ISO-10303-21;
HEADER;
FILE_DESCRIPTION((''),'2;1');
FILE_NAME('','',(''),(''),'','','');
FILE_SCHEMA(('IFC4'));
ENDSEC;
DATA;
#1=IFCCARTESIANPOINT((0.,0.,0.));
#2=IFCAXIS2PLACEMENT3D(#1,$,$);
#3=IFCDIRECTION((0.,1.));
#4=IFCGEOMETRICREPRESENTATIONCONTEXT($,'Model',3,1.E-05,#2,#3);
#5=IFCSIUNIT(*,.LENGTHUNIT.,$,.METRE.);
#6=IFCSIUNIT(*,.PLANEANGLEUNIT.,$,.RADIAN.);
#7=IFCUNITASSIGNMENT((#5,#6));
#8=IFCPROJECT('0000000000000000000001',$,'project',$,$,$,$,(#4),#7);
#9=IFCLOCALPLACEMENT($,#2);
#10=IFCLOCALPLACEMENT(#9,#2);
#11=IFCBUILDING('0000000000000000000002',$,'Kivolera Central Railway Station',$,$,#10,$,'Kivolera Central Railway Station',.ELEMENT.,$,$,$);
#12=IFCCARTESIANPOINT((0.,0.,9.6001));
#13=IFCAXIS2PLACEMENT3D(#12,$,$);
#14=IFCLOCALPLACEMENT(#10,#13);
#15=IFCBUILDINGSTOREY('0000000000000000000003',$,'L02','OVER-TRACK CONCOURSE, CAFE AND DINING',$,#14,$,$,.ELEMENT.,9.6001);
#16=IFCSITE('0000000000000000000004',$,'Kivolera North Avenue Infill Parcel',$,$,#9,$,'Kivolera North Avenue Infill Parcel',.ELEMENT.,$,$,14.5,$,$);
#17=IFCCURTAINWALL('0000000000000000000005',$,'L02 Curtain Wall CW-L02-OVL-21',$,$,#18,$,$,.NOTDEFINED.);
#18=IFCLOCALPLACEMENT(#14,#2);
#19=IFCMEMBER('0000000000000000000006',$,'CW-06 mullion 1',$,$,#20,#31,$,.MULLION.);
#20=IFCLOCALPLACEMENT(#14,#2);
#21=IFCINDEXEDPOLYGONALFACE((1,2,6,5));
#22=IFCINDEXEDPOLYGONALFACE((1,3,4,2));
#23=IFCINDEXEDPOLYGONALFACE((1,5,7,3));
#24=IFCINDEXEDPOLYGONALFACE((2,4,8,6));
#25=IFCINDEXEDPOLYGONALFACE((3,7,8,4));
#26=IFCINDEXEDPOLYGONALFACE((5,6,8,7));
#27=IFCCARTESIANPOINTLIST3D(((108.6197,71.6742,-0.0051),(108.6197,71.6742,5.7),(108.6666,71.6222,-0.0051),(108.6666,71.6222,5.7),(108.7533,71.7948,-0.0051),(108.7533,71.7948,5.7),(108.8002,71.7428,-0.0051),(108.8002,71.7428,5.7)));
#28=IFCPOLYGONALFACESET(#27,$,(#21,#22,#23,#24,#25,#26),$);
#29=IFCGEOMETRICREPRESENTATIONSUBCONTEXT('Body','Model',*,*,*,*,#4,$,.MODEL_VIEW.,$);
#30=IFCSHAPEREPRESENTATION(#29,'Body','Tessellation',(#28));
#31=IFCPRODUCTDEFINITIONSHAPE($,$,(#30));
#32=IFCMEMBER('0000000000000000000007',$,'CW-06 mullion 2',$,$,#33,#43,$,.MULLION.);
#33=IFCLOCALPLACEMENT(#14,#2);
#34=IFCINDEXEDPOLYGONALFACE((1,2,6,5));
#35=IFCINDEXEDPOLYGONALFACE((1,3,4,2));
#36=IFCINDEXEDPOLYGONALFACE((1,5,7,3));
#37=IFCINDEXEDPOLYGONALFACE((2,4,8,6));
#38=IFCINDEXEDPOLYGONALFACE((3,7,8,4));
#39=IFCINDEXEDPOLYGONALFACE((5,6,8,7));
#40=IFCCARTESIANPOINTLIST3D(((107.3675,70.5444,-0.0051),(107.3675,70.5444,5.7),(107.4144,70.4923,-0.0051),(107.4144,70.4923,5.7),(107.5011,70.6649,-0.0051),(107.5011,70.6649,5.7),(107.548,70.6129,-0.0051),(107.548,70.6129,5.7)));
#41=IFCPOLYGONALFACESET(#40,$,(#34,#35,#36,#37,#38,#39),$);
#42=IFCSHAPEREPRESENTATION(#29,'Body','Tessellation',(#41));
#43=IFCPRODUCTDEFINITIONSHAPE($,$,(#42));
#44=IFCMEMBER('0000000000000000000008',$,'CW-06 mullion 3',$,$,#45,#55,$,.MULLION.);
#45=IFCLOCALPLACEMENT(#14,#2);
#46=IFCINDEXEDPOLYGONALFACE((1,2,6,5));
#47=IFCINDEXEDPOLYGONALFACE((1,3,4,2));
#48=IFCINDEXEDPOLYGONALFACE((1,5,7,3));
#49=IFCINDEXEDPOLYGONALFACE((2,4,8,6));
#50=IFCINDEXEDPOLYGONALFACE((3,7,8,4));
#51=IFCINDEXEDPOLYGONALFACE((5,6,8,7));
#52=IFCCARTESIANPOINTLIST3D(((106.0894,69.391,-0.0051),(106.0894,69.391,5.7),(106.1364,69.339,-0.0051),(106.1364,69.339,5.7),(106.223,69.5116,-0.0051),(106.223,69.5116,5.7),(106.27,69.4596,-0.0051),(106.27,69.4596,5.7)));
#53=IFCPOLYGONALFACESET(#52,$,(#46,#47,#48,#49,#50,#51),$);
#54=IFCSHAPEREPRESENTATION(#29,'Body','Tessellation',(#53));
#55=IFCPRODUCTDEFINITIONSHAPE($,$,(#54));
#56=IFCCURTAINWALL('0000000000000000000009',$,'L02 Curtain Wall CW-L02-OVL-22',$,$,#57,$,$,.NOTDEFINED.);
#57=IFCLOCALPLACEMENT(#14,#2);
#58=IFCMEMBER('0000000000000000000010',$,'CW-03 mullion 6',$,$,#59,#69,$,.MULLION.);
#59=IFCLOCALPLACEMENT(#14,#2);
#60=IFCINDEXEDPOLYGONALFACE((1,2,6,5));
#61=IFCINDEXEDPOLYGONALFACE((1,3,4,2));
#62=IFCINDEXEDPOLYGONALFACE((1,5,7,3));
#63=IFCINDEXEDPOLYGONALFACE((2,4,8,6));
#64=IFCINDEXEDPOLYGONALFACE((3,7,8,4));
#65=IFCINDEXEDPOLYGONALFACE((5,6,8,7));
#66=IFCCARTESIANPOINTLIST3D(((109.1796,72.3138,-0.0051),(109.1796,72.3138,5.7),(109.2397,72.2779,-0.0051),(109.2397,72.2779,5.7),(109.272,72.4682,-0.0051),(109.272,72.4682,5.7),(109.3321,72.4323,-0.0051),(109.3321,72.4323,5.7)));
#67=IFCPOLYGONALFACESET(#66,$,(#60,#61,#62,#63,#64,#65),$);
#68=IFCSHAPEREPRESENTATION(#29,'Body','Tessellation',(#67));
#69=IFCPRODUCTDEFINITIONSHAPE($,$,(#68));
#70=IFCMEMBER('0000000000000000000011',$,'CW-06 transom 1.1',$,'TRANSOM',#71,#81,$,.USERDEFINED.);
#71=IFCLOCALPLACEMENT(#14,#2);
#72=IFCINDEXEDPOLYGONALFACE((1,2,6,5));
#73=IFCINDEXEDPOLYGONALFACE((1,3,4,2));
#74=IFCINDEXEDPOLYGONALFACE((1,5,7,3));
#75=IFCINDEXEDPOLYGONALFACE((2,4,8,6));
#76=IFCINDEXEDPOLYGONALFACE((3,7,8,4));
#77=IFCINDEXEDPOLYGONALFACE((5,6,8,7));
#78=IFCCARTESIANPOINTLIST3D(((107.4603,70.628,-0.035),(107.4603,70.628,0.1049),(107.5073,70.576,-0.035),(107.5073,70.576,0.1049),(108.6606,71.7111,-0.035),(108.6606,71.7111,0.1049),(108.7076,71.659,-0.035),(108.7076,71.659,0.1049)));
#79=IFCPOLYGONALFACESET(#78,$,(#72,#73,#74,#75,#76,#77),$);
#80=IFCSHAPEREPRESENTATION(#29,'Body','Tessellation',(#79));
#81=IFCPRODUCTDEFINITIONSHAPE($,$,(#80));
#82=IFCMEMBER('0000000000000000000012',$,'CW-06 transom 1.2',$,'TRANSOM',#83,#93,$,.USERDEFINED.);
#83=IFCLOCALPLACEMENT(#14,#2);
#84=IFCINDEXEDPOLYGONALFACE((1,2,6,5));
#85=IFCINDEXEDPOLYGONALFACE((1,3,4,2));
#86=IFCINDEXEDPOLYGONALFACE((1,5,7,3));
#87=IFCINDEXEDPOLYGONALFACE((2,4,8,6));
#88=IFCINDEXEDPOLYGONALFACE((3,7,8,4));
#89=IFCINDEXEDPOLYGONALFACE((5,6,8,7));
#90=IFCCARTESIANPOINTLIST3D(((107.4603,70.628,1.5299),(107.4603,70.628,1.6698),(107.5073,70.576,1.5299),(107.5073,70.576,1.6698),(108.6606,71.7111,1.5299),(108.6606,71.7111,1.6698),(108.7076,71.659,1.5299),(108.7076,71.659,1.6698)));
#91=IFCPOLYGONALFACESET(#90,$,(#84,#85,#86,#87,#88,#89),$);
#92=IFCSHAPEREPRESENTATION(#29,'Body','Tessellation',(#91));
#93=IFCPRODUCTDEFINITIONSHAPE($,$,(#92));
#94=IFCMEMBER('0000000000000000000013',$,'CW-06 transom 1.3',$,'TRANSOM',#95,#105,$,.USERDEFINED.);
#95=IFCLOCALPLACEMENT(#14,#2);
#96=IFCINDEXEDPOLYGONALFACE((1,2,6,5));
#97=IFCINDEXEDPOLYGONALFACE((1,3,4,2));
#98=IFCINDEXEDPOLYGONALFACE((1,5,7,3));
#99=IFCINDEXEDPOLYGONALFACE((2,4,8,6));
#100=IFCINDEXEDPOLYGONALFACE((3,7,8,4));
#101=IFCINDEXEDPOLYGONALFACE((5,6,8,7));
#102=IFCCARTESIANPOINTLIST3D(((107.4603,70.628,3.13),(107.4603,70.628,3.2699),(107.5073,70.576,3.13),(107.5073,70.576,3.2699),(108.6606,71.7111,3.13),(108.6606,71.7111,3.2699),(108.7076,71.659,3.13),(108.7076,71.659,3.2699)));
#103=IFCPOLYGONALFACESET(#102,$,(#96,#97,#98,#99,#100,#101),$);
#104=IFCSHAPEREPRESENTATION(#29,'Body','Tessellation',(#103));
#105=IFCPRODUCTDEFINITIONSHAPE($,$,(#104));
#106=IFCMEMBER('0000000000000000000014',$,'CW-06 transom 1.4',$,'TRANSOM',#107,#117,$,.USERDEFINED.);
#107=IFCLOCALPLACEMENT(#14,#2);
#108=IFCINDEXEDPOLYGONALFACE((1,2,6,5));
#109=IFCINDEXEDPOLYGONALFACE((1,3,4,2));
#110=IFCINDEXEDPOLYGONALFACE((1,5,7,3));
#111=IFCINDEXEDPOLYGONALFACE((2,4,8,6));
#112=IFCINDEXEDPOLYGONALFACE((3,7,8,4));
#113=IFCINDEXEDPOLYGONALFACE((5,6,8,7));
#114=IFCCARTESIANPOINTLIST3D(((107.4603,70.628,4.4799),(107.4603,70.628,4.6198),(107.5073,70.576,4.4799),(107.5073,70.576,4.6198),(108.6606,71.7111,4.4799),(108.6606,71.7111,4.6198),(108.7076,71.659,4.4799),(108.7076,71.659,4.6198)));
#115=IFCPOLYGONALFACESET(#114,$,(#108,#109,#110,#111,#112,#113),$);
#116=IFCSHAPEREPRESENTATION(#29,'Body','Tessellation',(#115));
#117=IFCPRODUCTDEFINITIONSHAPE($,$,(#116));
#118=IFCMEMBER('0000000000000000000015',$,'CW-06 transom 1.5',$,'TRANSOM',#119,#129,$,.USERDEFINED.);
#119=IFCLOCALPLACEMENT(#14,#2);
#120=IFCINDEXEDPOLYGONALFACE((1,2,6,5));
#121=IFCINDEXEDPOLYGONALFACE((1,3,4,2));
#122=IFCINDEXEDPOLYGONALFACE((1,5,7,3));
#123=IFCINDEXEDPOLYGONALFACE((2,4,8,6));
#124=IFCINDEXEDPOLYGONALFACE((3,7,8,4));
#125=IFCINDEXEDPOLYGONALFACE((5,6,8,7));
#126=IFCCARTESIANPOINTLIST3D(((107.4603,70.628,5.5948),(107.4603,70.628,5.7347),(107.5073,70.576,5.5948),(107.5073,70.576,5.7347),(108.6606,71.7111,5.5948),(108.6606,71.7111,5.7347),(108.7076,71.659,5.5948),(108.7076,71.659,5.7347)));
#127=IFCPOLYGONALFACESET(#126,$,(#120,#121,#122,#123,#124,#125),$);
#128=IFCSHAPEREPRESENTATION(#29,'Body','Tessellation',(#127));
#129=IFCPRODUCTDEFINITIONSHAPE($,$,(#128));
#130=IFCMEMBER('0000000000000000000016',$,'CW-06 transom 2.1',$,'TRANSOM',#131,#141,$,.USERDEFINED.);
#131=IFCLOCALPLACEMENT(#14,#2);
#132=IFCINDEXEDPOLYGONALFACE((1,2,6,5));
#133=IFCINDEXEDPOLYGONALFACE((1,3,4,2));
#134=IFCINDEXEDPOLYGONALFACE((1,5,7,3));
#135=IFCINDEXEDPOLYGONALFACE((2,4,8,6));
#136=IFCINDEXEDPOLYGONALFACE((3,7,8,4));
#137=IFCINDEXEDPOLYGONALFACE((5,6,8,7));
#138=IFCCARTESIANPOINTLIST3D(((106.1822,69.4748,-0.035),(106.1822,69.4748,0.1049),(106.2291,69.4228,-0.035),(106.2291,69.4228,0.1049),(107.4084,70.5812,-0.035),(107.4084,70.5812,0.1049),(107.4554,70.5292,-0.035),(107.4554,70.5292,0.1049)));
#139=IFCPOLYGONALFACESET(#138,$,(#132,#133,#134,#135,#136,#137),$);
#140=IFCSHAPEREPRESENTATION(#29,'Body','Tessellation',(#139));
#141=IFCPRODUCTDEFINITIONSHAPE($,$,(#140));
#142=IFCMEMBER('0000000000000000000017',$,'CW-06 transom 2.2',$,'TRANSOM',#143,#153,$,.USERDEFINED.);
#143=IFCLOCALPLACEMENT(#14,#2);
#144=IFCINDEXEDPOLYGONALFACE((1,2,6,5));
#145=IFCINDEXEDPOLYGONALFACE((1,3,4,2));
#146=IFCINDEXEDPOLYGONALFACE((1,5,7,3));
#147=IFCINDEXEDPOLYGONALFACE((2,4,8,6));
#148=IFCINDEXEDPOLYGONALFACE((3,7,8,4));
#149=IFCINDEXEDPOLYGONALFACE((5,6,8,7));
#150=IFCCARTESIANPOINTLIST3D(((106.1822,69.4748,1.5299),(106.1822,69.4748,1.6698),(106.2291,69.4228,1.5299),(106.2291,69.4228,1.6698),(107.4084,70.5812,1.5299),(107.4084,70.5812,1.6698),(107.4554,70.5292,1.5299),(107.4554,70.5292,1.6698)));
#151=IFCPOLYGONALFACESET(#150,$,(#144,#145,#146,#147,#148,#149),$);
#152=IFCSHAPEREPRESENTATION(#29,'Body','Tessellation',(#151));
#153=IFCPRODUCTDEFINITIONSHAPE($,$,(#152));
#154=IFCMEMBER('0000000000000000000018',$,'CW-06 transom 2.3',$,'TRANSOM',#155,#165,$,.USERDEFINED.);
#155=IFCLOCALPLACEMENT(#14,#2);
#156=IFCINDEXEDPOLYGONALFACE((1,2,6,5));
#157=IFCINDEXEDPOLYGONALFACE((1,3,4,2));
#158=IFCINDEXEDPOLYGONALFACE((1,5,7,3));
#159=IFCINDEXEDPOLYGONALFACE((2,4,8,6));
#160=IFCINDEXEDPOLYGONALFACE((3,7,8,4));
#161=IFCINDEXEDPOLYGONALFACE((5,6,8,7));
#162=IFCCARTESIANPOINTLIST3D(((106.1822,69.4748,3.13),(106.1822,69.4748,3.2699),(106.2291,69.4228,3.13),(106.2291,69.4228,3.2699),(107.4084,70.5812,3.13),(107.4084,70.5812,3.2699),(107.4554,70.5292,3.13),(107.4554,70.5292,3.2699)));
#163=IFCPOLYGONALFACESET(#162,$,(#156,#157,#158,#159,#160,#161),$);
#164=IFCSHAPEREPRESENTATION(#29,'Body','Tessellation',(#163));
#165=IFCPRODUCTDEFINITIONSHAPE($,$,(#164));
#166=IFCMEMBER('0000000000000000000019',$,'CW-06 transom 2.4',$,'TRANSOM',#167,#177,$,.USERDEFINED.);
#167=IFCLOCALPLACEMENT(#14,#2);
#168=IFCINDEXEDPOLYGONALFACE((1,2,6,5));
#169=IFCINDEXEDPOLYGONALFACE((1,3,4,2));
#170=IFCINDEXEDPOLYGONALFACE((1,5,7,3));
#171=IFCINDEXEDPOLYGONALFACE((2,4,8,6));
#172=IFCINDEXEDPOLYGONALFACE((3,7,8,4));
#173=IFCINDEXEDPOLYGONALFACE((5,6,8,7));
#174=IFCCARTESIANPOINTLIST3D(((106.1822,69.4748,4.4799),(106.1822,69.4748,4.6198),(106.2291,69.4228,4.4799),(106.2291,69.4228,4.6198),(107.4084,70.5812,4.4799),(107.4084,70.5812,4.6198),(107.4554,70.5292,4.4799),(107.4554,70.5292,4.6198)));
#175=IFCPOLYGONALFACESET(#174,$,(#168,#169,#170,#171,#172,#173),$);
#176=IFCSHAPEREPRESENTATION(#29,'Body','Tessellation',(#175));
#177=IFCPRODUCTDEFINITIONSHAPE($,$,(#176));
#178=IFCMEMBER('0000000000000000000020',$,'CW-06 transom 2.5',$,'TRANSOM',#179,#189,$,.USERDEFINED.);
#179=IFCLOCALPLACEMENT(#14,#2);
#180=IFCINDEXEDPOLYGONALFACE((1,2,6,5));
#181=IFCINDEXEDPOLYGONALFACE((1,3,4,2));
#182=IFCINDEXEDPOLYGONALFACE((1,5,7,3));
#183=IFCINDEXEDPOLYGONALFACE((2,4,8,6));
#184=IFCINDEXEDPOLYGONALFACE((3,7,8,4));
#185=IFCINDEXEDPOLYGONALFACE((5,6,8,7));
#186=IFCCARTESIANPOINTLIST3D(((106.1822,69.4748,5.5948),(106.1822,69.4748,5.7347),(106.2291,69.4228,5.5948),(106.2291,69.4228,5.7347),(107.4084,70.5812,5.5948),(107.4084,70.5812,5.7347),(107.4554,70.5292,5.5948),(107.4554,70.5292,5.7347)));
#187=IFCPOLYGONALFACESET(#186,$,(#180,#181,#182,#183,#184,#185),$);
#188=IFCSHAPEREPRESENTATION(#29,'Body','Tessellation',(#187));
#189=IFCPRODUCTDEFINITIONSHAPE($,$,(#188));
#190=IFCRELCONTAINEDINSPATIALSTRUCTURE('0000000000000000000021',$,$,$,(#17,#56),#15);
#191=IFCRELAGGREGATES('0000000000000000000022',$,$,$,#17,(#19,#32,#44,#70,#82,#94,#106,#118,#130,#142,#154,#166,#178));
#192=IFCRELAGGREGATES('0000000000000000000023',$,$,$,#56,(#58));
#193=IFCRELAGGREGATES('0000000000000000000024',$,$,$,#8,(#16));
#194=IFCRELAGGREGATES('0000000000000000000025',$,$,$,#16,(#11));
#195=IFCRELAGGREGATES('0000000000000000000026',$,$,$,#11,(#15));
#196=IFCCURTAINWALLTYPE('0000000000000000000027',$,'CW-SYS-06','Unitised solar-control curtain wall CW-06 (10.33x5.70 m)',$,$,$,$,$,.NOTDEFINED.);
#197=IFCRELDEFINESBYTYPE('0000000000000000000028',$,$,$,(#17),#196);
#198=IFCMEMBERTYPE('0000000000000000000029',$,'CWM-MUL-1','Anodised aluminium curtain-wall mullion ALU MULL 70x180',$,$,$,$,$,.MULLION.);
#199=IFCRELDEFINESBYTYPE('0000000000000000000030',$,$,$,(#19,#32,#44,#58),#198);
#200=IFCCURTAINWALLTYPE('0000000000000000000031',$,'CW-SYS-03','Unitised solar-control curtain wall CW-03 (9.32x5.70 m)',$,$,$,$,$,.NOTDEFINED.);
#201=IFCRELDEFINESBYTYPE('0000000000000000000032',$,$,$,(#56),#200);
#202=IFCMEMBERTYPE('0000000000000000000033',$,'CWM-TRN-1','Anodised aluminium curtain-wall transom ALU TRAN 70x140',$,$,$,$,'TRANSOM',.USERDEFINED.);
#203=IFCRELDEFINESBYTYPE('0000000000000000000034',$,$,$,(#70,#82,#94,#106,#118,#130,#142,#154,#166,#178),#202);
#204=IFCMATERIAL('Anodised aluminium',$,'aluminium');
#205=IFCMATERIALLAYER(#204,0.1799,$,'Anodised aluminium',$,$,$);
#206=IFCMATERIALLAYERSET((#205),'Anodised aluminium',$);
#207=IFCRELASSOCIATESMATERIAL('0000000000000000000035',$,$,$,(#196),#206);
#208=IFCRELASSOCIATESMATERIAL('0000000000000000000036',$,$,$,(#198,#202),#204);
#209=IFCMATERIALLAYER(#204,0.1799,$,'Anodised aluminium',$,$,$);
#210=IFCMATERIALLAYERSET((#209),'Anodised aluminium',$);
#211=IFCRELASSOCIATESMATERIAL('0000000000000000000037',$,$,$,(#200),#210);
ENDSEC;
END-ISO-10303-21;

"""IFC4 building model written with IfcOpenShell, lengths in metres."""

from ifc_helpers import new_model, si_unit, direction, frame, origin, origin_2d, place, context, subcontext, project, spatial, rectangle, extrude, material, layer, layer_set, material_profile, profile_set, type_object, element, aggregate, save


model = new_model("IFC4")

# Units and contexts
model_context = context("Model", 3, precision=1e-05, world=origin(), true_north=direction((0.0, 1.0)))
body_context = subcontext(model_context, "Body", "Model", "MODEL_VIEW")
ifc_project = project(units=[si_unit("LENGTHUNIT", "METRE"), si_unit("PLANEANGLEUNIT", "RADIAN")], contexts=[model_context])

# Site, building, storey
site_placement = place(None, origin())
site = spatial("IfcSite", under=ifc_project, at=site_placement, Name="Kivolera North Avenue Infill Parcel", LongName="Kivolera North Avenue Infill Parcel", CompositionType="ELEMENT", RefElevation=14.5)
building_placement = place(site_placement, origin())
building = spatial("IfcBuilding", under=site, at=building_placement, Name="Kivolera Central Railway Station", LongName="Kivolera Central Railway Station", CompositionType="ELEMENT")
storey_placement = place(building_placement, frame((0.0, 0.0, 9.6001)))
storey = spatial("IfcBuildingStorey", under=building, at=storey_placement, Name="L02", Description="OVER-TRACK CONCOURSE, CAFE AND DINING", CompositionType="ELEMENT", Elevation=9.6001)

# Curtain wall, members
ifc_material_1 = material(Name="Anodised aluminium", Category="aluminium")
ifc_layer_1 = layer(ifc_material_1, 0.1799, Name="Anodised aluminium")
ifc_layer_set_1 = layer_set([ifc_layer_1], Name="Anodised aluminium")
curtain_wall_type_1 = type_object("IfcCurtainWallType", Name="CW-SYS-06", Description="Unitised solar-control curtain wall CW-06 (10.33x5.70 m)", PredefinedType="NOTDEFINED", material=ifc_layer_set_1)
curtain_wall_1_placement = place(storey_placement, origin())
curtain_wall_1 = element("IfcCurtainWall", 1, at=curtain_wall_1_placement, inside=storey, type_object=curtain_wall_type_1, Name="L02 Curtain Wall CW-L02-OVL-21", PredefinedType="NOTDEFINED")
ifc_material_profile_1 = material_profile(ifc_material_1, rectangle(XDim=0.0701, YDim=0.1799, at=origin_2d()), Name="ALU MULL 70x180")
ifc_profile_set_1 = profile_set([ifc_material_profile_1], Name="Anodised aluminium")
member_type_1 = type_object("IfcMemberType", Name="CWM-MUL-1", Description="Anodised aluminium curtain-wall mullion ALU MULL 70x180", PredefinedType="MULLION", material=ifc_profile_set_1)
member_1_placement = place(storey_placement, frame((108.71, 71.7085, -0.0051), z_axis=(0.0, 0.0, 1.0), x_axis=(0.669922, -0.742432, 0.0)))
member_1 = element("IfcMember", 2, at=member_1_placement, type_object=member_type_1, Name="CW-06 mullion 1", PredefinedType="MULLION", context=body_context, shape_type="SweptSolid", body=[
    extrude(rectangle(XDim=0.0701, YDim=0.1799, at=origin_2d()), origin(), (0.0, 0.0, 1.0), 5.7051),
])
member_2_placement = place(storey_placement, frame((107.4578, 70.5786, -0.0051), z_axis=(0.0, 0.0, 1.0), x_axis=(0.669922, -0.742432, 0.0)))
member_2 = element("IfcMember", 3, at=member_2_placement, type_object=member_type_1, Name="CW-06 mullion 2", PredefinedType="MULLION", context=body_context, shape_type="SweptSolid", body=[
    extrude(rectangle(XDim=0.0701, YDim=0.1799, at=origin_2d()), origin(), (0.0, 0.0, 1.0), 5.7051),
])
member_3_placement = place(storey_placement, frame((106.1797, 69.4253, -0.0051), z_axis=(0.0, 0.0, 1.0), x_axis=(0.669922, -0.742432, 0.0)))
member_3 = element("IfcMember", 4, at=member_3_placement, type_object=member_type_1, Name="CW-06 mullion 3", PredefinedType="MULLION", context=body_context, shape_type="SweptSolid", body=[
    extrude(rectangle(XDim=0.0701, YDim=0.1799, at=origin_2d()), origin(), (0.0, 0.0, 1.0), 5.7051),
])

# Curtain wall, member
ifc_layer_2 = layer(ifc_material_1, 0.1799, Name="Anodised aluminium")
ifc_layer_set_2 = layer_set([ifc_layer_2], Name="Anodised aluminium")
curtain_wall_type_2 = type_object("IfcCurtainWallType", Name="CW-SYS-03", Description="Unitised solar-control curtain wall CW-03 (9.32x5.70 m)", PredefinedType="NOTDEFINED", material=ifc_layer_set_2)
curtain_wall_2_placement = place(storey_placement, origin())
curtain_wall_2 = element("IfcCurtainWall", 5, at=curtain_wall_2_placement, inside=storey, type_object=curtain_wall_type_2, Name="L02 Curtain Wall CW-L02-OVL-22", PredefinedType="NOTDEFINED")
member_4_placement = place(storey_placement, frame((109.2559, 72.373, -0.0051), z_axis=(0.0, 0.0, 1.0), x_axis=(0.858117, -0.513454, 0.0)))
member_4 = element("IfcMember", 6, at=member_4_placement, type_object=member_type_1, Name="CW-03 mullion 6", PredefinedType="MULLION", context=body_context, shape_type="SweptSolid", body=[
    extrude(rectangle(XDim=0.0701, YDim=0.1799, at=origin_2d()), origin(), (0.0, 0.0, 1.0), 5.7051),
])

# Members
ifc_material_profile_2 = material_profile(ifc_material_1, rectangle(XDim=0.0701, YDim=0.1399, at=origin_2d()), Name="ALU TRAN 70x140")
ifc_profile_set_2 = profile_set([ifc_material_profile_2], Name="Anodised aluminium")
member_type_2 = type_object("IfcMemberType", Name="CWM-TRN-1", Description="Anodised aluminium curtain-wall transom ALU TRAN 70x140", ElementType="TRANSOM", PredefinedType="USERDEFINED", material=ifc_profile_set_2)
member_5_placement = place(storey_placement, frame((108.6841, 71.6851, 0.0349), z_axis=(-0.742422, -0.669932, 0.0), x_axis=(0.669932, -0.742422, 0.0)))
member_5 = element("IfcMember", 7, at=member_5_placement, type_object=member_type_2, Name="CW-06 transom 1.1", ObjectType="TRANSOM", PredefinedType="USERDEFINED", context=body_context, shape_type="SweptSolid", body=[
    extrude(rectangle(XDim=0.0701, YDim=0.1399, at=origin_2d()), origin(), (0.0, 0.0, 1.0), 1.6167),
])
member_6_placement = place(storey_placement, frame((108.6841, 71.6851, 1.5999), z_axis=(-0.742422, -0.669932, 0.0), x_axis=(0.669932, -0.742422, 0.0)))
member_6 = element("IfcMember", 8, at=member_6_placement, type_object=member_type_2, Name="CW-06 transom 1.2", ObjectType="TRANSOM", PredefinedType="USERDEFINED", context=body_context, shape_type="SweptSolid", body=[
    extrude(rectangle(XDim=0.0701, YDim=0.1399, at=origin_2d()), origin(), (0.0, 0.0, 1.0), 1.6167),
])
member_7_placement = place(storey_placement, frame((108.6841, 71.6851, 3.2), z_axis=(-0.742422, -0.669932, 0.0), x_axis=(0.669932, -0.742422, 0.0)))
member_7 = element("IfcMember", 9, at=member_7_placement, type_object=member_type_2, Name="CW-06 transom 1.3", ObjectType="TRANSOM", PredefinedType="USERDEFINED", context=body_context, shape_type="SweptSolid", body=[
    extrude(rectangle(XDim=0.0701, YDim=0.1399, at=origin_2d()), origin(), (0.0, 0.0, 1.0), 1.6167),
])
member_8_placement = place(storey_placement, frame((108.6841, 71.6851, 4.5498), z_axis=(-0.742422, -0.669932, 0.0), x_axis=(0.669932, -0.742422, 0.0)))
member_8 = element("IfcMember", 10, at=member_8_placement, type_object=member_type_2, Name="CW-06 transom 1.4", ObjectType="TRANSOM", PredefinedType="USERDEFINED", context=body_context, shape_type="SweptSolid", body=[
    extrude(rectangle(XDim=0.0701, YDim=0.1399, at=origin_2d()), origin(), (0.0, 0.0, 1.0), 1.6167),
])
member_9_placement = place(storey_placement, frame((108.6841, 71.6851, 5.6648), z_axis=(-0.742422, -0.669932, 0.0), x_axis=(0.669932, -0.742422, 0.0)))
member_9 = element("IfcMember", 11, at=member_9_placement, type_object=member_type_2, Name="CW-06 transom 1.5", ObjectType="TRANSOM", PredefinedType="USERDEFINED", context=body_context, shape_type="SweptSolid", body=[
    extrude(rectangle(XDim=0.0701, YDim=0.1399, at=origin_2d()), origin(), (0.0, 0.0, 1.0), 1.6167),
])
member_10_placement = place(storey_placement, frame((107.4319, 70.5552, 0.0349), z_axis=(-0.742463, -0.669887, 0.0), x_axis=(0.669887, -0.742463, 0.0)))
member_10 = element("IfcMember", 12, at=member_10_placement, type_object=member_type_2, Name="CW-06 transom 2.1", ObjectType="TRANSOM", PredefinedType="USERDEFINED", context=body_context, shape_type="SweptSolid", body=[
    extrude(rectangle(XDim=0.0701, YDim=0.1399, at=origin_2d()), origin(), (0.0, 0.0, 1.0), 1.6516),
])
member_11_placement = place(storey_placement, frame((107.4319, 70.5552, 1.5999), z_axis=(-0.742463, -0.669887, 0.0), x_axis=(0.669887, -0.742463, 0.0)))
member_11 = element("IfcMember", 13, at=member_11_placement, type_object=member_type_2, Name="CW-06 transom 2.2", ObjectType="TRANSOM", PredefinedType="USERDEFINED", context=body_context, shape_type="SweptSolid", body=[
    extrude(rectangle(XDim=0.0701, YDim=0.1399, at=origin_2d()), origin(), (0.0, 0.0, 1.0), 1.6516),
])
member_12_placement = place(storey_placement, frame((107.4319, 70.5552, 3.2), z_axis=(-0.742463, -0.669887, 0.0), x_axis=(0.669887, -0.742463, 0.0)))
member_12 = element("IfcMember", 14, at=member_12_placement, type_object=member_type_2, Name="CW-06 transom 2.3", ObjectType="TRANSOM", PredefinedType="USERDEFINED", context=body_context, shape_type="SweptSolid", body=[
    extrude(rectangle(XDim=0.0701, YDim=0.1399, at=origin_2d()), origin(), (0.0, 0.0, 1.0), 1.6516),
])
member_13_placement = place(storey_placement, frame((107.4319, 70.5552, 4.5498), z_axis=(-0.742463, -0.669887, 0.0), x_axis=(0.669887, -0.742463, 0.0)))
member_13 = element("IfcMember", 15, at=member_13_placement, type_object=member_type_2, Name="CW-06 transom 2.4", ObjectType="TRANSOM", PredefinedType="USERDEFINED", context=body_context, shape_type="SweptSolid", body=[
    extrude(rectangle(XDim=0.0701, YDim=0.1399, at=origin_2d()), origin(), (0.0, 0.0, 1.0), 1.6516),
])
member_14_placement = place(storey_placement, frame((107.4319, 70.5552, 5.6648), z_axis=(-0.742463, -0.669887, 0.0), x_axis=(0.669887, -0.742463, 0.0)))
member_14 = element("IfcMember", 16, at=member_14_placement, type_object=member_type_2, Name="CW-06 transom 2.5", ObjectType="TRANSOM", PredefinedType="USERDEFINED", context=body_context, shape_type="SweptSolid", body=[
    extrude(rectangle(XDim=0.0701, YDim=0.1399, at=origin_2d()), origin(), (0.0, 0.0, 1.0), 1.6516),
])

aggregate(curtain_wall_1, [member_1, member_2, member_3, member_5, member_6, member_7, member_8, member_9, member_10, member_11, member_12, member_13, member_14])
aggregate(curtain_wall_2, [member_4])

save(model, "model.ifc")
